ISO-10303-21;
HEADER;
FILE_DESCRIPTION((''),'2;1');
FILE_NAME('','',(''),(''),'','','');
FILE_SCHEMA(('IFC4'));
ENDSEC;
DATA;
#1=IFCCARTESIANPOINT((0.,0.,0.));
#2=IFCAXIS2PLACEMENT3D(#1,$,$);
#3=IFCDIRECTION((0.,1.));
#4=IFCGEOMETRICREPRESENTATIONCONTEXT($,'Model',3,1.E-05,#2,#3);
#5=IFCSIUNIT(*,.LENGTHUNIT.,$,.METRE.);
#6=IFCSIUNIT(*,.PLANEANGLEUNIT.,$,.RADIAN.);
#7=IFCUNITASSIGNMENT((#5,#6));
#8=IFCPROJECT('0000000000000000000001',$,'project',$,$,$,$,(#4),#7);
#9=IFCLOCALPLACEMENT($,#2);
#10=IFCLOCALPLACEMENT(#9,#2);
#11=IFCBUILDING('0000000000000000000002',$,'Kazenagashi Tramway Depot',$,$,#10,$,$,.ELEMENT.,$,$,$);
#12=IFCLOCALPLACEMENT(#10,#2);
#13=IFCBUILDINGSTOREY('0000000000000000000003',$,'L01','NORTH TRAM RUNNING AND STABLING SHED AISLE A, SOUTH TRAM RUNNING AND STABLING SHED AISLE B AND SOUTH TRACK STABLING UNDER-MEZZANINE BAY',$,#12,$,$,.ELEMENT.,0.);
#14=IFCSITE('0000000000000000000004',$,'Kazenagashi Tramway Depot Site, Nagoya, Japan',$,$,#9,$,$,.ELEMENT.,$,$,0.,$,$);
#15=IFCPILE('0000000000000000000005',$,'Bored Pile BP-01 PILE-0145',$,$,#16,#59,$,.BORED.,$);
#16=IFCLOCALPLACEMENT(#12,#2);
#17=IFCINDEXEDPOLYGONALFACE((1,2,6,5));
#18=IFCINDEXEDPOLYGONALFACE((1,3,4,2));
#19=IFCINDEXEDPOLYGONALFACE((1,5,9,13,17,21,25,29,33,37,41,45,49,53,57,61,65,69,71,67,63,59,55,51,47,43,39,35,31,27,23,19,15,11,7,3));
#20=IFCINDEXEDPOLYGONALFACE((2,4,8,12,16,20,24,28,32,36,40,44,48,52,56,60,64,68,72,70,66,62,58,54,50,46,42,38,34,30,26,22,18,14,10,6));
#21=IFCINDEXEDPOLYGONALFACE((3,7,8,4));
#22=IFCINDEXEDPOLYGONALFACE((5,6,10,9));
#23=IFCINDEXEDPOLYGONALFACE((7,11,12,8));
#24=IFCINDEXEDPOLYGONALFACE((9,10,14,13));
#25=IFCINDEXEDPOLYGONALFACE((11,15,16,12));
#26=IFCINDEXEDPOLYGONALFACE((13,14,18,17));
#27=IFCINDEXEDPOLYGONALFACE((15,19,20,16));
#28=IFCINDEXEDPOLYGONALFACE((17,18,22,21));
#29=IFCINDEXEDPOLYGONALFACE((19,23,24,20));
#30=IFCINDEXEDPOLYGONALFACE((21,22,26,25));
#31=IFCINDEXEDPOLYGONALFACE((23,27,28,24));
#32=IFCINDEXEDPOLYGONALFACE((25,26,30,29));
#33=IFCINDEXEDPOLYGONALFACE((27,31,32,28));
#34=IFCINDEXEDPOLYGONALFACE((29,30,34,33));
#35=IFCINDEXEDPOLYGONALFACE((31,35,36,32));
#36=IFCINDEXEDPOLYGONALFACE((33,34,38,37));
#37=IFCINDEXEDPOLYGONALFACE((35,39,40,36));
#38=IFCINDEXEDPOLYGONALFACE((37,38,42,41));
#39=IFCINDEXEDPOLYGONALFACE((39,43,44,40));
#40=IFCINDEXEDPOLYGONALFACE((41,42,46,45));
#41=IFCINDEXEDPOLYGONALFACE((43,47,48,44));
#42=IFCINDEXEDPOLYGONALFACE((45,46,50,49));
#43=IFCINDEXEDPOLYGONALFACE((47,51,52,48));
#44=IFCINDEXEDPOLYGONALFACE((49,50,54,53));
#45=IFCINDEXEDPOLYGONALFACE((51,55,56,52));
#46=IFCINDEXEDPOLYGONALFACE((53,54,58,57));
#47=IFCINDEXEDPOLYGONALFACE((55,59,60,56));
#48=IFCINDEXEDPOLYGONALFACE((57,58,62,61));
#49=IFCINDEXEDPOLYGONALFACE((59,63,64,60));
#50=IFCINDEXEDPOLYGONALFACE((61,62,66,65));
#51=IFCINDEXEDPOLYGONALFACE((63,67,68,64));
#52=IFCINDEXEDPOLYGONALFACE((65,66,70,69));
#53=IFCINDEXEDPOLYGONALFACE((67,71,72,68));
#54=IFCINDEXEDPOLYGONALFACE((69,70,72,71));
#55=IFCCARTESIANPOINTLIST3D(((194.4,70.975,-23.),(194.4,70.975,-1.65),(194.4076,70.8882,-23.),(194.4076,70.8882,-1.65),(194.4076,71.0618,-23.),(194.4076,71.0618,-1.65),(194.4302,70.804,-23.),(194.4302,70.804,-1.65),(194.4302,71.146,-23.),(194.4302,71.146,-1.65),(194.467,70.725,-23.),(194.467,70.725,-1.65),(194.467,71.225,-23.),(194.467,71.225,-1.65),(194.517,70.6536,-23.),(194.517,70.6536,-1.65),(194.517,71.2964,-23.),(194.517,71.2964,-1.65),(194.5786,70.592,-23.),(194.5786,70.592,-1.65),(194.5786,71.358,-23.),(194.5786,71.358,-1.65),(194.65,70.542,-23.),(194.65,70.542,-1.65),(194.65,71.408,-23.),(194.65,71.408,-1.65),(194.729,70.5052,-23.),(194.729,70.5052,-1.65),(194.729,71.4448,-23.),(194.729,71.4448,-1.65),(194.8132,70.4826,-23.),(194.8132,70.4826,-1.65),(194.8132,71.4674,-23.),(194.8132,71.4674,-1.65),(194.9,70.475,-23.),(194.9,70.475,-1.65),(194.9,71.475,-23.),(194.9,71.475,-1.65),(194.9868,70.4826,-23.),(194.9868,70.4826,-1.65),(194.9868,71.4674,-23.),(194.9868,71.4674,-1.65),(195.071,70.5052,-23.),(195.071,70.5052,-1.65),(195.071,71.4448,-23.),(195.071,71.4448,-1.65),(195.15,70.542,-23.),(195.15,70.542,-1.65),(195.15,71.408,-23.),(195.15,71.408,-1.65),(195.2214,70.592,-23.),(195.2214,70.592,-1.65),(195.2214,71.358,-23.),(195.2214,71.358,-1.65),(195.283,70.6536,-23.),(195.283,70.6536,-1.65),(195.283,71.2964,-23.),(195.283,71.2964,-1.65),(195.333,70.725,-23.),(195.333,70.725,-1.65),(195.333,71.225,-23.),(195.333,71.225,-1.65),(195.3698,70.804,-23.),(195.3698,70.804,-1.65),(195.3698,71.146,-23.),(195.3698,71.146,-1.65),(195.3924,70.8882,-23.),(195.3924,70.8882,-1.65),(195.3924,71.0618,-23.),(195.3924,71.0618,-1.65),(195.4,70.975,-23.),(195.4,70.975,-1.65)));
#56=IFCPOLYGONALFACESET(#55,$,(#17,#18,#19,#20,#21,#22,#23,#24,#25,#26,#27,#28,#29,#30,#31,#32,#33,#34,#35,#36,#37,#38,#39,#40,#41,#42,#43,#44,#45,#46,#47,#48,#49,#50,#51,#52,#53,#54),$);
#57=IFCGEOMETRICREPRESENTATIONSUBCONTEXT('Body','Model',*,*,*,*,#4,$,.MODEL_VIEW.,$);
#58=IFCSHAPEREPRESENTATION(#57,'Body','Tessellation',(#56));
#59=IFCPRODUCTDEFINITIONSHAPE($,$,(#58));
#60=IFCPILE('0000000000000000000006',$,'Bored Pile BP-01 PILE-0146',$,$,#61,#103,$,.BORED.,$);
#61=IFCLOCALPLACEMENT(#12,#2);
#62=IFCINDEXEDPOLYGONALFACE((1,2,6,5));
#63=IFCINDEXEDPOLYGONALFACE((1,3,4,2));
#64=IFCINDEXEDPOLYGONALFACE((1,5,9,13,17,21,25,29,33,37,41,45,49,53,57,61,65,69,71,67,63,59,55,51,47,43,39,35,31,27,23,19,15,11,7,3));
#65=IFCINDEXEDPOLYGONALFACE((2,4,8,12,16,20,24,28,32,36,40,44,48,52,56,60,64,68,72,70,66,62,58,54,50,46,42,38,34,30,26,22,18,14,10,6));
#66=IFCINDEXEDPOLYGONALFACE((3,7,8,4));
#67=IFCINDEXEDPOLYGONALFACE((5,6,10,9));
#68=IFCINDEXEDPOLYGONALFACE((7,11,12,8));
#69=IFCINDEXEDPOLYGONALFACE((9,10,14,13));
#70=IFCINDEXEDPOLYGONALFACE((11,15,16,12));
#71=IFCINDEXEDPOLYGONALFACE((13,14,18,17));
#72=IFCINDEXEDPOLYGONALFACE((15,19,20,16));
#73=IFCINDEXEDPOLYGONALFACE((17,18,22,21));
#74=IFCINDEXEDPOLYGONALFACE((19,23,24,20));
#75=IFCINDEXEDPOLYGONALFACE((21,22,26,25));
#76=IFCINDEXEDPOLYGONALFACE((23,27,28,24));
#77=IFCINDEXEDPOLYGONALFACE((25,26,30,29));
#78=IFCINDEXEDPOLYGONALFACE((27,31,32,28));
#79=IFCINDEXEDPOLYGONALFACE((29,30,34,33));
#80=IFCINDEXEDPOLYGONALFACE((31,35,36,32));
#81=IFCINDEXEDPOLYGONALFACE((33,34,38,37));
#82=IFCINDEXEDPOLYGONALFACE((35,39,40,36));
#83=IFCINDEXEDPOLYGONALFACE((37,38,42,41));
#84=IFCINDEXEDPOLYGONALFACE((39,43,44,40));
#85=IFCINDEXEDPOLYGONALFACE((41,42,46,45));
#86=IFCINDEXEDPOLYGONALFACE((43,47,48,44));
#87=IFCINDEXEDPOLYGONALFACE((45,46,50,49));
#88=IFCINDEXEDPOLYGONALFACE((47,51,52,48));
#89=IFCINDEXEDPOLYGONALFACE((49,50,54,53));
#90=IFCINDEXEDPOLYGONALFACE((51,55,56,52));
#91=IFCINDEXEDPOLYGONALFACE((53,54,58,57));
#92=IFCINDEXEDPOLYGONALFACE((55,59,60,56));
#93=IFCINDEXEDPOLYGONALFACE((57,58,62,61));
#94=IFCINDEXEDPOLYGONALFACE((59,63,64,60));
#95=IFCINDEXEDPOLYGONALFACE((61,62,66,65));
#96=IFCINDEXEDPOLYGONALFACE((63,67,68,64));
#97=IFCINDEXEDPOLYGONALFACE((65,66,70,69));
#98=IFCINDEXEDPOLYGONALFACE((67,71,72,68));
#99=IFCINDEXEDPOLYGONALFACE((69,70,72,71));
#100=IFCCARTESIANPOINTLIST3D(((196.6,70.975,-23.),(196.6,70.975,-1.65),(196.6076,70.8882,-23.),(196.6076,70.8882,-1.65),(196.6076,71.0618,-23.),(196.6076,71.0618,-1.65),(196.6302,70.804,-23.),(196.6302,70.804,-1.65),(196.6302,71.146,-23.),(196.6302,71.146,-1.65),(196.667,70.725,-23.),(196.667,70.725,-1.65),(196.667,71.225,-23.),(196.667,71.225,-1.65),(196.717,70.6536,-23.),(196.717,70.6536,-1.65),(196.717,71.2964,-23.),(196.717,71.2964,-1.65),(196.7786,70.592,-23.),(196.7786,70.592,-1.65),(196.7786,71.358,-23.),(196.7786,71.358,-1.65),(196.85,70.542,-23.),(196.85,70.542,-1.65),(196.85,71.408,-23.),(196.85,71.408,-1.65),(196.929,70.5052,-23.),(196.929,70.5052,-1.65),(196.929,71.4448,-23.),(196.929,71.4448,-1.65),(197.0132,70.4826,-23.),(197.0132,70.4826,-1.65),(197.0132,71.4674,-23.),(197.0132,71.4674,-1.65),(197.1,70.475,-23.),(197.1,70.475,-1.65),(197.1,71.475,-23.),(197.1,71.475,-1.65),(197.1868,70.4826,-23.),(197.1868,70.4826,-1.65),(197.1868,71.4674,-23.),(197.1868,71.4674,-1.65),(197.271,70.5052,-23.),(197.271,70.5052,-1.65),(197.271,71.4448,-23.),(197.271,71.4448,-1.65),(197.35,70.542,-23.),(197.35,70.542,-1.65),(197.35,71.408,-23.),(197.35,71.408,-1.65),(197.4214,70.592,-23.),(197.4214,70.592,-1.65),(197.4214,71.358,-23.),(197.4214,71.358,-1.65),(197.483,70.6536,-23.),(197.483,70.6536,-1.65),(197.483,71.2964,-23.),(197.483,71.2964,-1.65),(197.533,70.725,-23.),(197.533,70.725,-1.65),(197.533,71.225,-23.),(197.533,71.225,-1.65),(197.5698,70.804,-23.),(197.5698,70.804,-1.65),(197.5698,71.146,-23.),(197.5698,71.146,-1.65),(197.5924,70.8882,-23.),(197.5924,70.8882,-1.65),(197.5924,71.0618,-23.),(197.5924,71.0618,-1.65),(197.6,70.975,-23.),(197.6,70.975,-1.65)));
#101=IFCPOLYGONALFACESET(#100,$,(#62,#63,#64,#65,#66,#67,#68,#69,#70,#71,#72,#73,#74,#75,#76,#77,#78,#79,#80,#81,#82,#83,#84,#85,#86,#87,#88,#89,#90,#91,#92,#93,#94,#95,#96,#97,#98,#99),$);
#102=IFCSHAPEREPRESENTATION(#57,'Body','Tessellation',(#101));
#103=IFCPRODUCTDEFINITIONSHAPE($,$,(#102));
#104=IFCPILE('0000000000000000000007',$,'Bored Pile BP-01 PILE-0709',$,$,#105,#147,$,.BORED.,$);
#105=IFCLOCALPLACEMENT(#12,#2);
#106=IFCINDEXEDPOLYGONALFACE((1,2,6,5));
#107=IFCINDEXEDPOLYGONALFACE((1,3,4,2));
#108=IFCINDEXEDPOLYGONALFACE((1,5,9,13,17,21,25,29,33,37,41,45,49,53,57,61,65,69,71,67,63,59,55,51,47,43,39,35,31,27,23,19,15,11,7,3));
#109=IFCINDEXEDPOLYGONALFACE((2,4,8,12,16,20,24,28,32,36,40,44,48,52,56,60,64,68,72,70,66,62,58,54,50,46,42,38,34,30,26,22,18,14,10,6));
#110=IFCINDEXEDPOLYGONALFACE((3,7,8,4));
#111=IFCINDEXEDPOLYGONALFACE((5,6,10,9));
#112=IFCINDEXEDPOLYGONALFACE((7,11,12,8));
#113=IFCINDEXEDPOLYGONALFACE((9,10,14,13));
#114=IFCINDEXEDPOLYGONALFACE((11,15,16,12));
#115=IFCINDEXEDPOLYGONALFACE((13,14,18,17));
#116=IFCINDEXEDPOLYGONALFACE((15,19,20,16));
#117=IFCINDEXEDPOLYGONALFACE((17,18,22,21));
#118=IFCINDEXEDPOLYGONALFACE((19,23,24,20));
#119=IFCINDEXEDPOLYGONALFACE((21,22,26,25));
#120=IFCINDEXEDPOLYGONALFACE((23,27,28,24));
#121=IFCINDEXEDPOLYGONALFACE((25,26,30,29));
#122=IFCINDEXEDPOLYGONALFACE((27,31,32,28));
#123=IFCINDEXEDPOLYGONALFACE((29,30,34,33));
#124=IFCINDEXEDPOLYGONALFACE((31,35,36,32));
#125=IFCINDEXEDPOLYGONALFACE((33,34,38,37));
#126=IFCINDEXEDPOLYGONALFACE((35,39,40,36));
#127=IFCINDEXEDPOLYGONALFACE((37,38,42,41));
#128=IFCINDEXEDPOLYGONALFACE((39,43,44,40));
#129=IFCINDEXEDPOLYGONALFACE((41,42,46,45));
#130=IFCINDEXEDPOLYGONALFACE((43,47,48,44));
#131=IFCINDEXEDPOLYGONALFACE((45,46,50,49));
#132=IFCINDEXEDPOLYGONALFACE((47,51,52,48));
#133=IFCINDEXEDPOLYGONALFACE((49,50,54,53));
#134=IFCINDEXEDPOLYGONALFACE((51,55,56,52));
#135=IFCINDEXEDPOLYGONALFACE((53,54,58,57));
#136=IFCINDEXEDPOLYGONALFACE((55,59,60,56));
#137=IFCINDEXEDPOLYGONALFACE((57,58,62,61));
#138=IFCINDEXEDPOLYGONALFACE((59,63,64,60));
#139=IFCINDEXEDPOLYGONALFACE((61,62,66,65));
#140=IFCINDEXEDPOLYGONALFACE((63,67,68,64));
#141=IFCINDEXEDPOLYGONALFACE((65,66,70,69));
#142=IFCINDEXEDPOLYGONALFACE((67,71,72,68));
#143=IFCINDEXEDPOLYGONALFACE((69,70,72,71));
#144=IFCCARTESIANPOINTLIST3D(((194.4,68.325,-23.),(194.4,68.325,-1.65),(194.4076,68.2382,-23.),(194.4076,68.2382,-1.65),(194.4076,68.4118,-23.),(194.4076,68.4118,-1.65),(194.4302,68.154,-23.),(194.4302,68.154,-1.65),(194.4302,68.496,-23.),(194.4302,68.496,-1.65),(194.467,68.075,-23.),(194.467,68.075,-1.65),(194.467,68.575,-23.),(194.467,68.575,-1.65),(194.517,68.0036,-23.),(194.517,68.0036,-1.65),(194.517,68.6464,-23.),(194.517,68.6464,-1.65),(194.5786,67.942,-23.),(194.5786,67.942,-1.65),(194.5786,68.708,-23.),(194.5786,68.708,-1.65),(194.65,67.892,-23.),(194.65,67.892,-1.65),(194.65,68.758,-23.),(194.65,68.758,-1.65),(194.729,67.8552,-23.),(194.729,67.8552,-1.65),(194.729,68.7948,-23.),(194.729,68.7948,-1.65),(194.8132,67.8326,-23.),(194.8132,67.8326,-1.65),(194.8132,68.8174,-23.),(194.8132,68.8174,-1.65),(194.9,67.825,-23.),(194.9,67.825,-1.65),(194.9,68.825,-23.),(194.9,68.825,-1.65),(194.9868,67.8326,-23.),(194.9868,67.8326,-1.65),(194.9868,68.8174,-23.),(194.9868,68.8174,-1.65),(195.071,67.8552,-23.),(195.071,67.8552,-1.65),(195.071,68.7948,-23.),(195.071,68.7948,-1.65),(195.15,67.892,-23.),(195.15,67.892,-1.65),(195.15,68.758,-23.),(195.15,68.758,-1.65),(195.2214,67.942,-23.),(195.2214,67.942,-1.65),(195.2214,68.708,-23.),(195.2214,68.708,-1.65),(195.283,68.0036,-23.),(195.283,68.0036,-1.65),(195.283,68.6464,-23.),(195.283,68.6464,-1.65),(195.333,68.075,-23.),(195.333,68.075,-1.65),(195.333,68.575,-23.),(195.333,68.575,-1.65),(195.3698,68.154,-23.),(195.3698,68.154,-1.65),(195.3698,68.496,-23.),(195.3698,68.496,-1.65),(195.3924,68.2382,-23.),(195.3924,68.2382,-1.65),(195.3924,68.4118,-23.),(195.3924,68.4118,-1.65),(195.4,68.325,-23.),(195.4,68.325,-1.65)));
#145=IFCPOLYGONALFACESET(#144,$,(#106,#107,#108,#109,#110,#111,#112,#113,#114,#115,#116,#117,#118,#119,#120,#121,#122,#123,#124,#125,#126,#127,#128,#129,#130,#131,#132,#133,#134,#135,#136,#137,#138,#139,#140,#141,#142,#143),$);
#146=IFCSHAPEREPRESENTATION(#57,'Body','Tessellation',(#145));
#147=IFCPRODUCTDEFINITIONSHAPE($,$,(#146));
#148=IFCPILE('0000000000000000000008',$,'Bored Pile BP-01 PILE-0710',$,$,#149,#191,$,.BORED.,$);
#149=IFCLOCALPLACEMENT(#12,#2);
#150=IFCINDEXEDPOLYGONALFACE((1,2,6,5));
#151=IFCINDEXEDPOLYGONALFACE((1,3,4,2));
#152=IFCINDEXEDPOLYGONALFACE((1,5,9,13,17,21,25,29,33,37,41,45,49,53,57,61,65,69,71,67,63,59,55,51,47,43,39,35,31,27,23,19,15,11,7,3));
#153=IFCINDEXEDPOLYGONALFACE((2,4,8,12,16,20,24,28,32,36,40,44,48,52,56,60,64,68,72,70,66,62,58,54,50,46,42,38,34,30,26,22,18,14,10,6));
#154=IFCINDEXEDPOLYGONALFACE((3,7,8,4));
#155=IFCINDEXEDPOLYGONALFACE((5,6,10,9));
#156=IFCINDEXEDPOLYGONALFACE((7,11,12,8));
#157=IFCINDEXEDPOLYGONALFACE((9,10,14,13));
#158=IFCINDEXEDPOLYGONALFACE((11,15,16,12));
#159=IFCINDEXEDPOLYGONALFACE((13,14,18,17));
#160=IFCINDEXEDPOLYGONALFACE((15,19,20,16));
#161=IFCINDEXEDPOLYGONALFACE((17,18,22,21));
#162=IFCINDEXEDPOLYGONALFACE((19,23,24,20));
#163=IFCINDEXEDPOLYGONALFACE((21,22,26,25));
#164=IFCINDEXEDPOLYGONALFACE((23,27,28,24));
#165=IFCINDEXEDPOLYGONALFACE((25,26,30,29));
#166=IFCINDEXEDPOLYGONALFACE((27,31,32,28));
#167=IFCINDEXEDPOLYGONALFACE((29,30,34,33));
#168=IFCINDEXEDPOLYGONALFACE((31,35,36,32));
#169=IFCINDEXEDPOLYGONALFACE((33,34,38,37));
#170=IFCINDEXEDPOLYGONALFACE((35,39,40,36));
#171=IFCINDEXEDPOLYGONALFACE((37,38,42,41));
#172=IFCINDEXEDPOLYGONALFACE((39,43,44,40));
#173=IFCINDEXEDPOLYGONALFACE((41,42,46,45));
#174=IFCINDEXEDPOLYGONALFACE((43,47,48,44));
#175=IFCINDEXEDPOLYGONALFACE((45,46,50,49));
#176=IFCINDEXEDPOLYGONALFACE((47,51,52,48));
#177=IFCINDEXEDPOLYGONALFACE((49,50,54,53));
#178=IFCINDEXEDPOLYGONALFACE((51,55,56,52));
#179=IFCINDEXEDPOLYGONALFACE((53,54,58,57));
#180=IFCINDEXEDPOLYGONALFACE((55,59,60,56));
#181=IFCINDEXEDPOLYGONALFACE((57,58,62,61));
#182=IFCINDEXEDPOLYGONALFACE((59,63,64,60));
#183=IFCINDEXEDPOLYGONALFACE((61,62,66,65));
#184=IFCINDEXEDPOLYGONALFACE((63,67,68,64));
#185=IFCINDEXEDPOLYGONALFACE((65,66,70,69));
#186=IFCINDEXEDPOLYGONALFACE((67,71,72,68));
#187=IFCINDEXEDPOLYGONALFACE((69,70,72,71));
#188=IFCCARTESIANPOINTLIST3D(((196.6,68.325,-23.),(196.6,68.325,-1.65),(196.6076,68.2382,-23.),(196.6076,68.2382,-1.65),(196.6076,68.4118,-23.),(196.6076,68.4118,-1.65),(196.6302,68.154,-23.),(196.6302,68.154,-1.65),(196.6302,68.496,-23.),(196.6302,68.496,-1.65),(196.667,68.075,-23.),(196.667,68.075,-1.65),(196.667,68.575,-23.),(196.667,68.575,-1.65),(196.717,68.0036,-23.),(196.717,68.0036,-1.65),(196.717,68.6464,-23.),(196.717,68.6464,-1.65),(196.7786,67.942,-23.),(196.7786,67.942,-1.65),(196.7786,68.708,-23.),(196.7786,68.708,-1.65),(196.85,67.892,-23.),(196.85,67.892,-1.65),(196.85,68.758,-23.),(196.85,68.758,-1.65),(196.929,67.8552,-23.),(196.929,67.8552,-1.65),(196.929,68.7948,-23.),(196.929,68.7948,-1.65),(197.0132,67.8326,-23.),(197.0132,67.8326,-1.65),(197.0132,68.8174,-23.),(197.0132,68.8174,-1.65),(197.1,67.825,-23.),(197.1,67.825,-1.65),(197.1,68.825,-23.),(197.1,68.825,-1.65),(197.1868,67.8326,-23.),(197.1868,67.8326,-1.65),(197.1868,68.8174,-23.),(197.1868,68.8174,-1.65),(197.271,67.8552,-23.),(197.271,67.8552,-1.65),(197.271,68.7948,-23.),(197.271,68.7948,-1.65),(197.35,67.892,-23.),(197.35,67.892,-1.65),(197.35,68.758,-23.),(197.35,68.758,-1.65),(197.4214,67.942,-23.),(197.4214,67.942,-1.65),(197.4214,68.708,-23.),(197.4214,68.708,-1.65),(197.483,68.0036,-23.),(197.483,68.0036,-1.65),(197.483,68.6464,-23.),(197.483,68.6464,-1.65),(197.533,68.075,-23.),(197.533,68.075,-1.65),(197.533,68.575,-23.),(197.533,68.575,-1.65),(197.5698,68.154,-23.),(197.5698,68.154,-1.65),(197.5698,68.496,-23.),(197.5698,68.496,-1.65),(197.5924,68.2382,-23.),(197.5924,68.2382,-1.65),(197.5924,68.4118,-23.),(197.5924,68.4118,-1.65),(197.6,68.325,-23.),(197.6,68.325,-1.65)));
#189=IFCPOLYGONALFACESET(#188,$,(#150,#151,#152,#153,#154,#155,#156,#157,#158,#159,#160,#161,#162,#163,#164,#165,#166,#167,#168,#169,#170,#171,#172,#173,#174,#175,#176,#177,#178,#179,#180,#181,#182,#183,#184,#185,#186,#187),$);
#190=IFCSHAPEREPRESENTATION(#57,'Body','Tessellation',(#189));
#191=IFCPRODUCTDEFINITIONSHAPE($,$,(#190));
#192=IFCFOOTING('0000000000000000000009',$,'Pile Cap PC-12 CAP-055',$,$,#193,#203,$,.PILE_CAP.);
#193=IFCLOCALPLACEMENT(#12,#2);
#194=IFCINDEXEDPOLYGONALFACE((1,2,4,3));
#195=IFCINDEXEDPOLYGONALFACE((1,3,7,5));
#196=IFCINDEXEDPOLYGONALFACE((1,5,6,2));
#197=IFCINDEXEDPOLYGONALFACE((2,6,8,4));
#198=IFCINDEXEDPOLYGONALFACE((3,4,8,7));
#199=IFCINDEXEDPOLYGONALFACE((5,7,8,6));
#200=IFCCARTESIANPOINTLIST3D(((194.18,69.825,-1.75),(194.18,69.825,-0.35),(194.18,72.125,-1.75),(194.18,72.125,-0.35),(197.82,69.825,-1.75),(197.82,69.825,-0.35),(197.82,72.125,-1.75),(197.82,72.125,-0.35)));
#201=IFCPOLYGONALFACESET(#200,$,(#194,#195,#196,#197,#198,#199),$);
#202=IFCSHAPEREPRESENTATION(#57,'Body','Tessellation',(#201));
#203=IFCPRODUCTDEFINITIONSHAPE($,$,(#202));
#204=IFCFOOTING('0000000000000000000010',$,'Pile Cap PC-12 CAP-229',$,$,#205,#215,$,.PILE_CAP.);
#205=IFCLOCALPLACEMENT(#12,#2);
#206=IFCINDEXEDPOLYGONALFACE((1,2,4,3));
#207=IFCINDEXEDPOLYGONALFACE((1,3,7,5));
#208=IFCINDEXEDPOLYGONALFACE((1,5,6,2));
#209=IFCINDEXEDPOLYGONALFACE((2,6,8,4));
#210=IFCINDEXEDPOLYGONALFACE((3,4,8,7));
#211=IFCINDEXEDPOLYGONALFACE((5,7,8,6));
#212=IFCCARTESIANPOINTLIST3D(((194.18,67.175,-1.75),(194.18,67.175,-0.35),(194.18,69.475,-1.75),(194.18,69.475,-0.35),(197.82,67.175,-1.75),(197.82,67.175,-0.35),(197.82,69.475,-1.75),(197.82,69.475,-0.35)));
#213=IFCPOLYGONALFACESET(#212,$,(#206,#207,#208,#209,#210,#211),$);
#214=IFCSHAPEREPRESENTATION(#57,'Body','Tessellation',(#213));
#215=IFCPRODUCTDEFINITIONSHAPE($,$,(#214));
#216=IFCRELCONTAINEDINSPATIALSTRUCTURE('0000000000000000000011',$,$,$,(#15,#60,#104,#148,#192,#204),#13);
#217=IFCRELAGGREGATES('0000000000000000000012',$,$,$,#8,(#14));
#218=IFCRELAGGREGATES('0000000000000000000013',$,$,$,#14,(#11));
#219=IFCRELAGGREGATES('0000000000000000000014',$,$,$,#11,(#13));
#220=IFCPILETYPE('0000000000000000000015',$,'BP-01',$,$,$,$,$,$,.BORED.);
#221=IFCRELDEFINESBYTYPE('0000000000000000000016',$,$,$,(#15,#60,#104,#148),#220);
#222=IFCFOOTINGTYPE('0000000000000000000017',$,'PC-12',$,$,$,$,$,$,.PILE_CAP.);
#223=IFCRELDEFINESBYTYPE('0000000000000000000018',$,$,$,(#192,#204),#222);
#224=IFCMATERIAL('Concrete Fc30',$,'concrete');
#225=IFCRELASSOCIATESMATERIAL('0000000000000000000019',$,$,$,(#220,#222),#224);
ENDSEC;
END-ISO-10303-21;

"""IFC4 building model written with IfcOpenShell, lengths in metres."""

from ifc_helpers import new_model, si_unit, direction, frame, origin, origin_2d, place, context, subcontext, project, spatial, rectangle, circle, extrude, material, material_profile, profile_set, type_object, element, save


model = new_model("IFC4")

# Units and contexts
model_context = context("Model", 3, precision=1e-05, world=origin(), true_north=direction((0.0, 1.0)))
body_context = subcontext(model_context, "Body", "Model", "MODEL_VIEW")
ifc_project = project(units=[si_unit("LENGTHUNIT", "METRE"), si_unit("PLANEANGLEUNIT", "RADIAN")], contexts=[model_context])

# Site, building, storey
site_placement = place(None, origin())
site = spatial("IfcSite", under=ifc_project, at=site_placement, Name="Kazenagashi Tramway Depot Site, Nagoya, Japan", CompositionType="ELEMENT", RefElevation=0.0)
building_placement = place(site_placement, origin())
building = spatial("IfcBuilding", under=site, at=building_placement, Name="Kazenagashi Tramway Depot", CompositionType="ELEMENT")
storey_placement = place(building_placement, origin())
storey = spatial("IfcBuildingStorey", under=building, at=storey_placement, Name="L01", Description="NORTH TRAM RUNNING AND STABLING SHED AISLE A, SOUTH TRAM RUNNING AND STABLING SHED AISLE B AND SOUTH TRACK STABLING UNDER-MEZZANINE BAY", CompositionType="ELEMENT", Elevation=0.0)

# Piles
ifc_material_1 = material(Name="Concrete Fc30", Category="concrete")
ifc_material_profile_1 = material_profile(ifc_material_1, circle(Radius=0.5, at=origin_2d()), Name="PILE-1000")
ifc_profile_set_1 = profile_set([ifc_material_profile_1], Name="Concrete Fc30")
pile_type = type_object("IfcPileType", Name="BP-01", PredefinedType="BORED", material=ifc_profile_set_1)
for number, where, z_axis, x_axis, name in (
    (1, (194.9, 70.975, -1.65), (0.0, 0.0, -1.0), (1.0, 0.0, 0.0), "Bored Pile BP-01 PILE-0145"),
    (2, (197.1, 70.975, -1.65), (0.0, 0.0, -1.0), (1.0, 0.0, 0.0), "Bored Pile BP-01 PILE-0146"),
    (3, (194.9, 68.325, -1.65), (0.0, 0.0, -1.0), (1.0, 0.0, 0.0), "Bored Pile BP-01 PILE-0709"),
    (4, (197.1, 68.325, -1.65), (0.0, 0.0, -1.0), (1.0, 0.0, 0.0), "Bored Pile BP-01 PILE-0710"),
):
    element("IfcPile", number, at=place(storey_placement, frame(where, z_axis=z_axis, x_axis=x_axis)), inside=storey, type_object=pile_type, Name=name, PredefinedType="BORED", context=body_context, shape_type="SweptSolid", body=[
        extrude(circle(Radius=0.5, at=origin_2d()), origin(), (0.0, 0.0, 1.0), 21.35),
    ])

# Footings
footing_type = type_object("IfcFootingType", Name="PC-12", PredefinedType="PILE_CAP", material=ifc_material_1)
for number, where, z_axis, x_axis, name in (
    (5, (196.0, 70.975, -1.75), (0.0, 0.0, 1.0), (1.0, 0.0, 0.0), "Pile Cap PC-12 CAP-055"),
    (6, (196.0, 68.325, -1.75), (0.0, 0.0, 1.0), (1.0, 0.0, 0.0), "Pile Cap PC-12 CAP-229"),
):
    element("IfcFooting", number, at=place(storey_placement, frame(where, z_axis=z_axis, x_axis=x_axis)), inside=storey, type_object=footing_type, Name=name, PredefinedType="PILE_CAP", context=body_context, shape_type="SweptSolid", body=[
        extrude(rectangle(XDim=3.64, YDim=2.3, at=origin_2d()), origin(), (0.0, 0.0, 1.0), 1.4),
    ])

save(model, "model.ifc")
